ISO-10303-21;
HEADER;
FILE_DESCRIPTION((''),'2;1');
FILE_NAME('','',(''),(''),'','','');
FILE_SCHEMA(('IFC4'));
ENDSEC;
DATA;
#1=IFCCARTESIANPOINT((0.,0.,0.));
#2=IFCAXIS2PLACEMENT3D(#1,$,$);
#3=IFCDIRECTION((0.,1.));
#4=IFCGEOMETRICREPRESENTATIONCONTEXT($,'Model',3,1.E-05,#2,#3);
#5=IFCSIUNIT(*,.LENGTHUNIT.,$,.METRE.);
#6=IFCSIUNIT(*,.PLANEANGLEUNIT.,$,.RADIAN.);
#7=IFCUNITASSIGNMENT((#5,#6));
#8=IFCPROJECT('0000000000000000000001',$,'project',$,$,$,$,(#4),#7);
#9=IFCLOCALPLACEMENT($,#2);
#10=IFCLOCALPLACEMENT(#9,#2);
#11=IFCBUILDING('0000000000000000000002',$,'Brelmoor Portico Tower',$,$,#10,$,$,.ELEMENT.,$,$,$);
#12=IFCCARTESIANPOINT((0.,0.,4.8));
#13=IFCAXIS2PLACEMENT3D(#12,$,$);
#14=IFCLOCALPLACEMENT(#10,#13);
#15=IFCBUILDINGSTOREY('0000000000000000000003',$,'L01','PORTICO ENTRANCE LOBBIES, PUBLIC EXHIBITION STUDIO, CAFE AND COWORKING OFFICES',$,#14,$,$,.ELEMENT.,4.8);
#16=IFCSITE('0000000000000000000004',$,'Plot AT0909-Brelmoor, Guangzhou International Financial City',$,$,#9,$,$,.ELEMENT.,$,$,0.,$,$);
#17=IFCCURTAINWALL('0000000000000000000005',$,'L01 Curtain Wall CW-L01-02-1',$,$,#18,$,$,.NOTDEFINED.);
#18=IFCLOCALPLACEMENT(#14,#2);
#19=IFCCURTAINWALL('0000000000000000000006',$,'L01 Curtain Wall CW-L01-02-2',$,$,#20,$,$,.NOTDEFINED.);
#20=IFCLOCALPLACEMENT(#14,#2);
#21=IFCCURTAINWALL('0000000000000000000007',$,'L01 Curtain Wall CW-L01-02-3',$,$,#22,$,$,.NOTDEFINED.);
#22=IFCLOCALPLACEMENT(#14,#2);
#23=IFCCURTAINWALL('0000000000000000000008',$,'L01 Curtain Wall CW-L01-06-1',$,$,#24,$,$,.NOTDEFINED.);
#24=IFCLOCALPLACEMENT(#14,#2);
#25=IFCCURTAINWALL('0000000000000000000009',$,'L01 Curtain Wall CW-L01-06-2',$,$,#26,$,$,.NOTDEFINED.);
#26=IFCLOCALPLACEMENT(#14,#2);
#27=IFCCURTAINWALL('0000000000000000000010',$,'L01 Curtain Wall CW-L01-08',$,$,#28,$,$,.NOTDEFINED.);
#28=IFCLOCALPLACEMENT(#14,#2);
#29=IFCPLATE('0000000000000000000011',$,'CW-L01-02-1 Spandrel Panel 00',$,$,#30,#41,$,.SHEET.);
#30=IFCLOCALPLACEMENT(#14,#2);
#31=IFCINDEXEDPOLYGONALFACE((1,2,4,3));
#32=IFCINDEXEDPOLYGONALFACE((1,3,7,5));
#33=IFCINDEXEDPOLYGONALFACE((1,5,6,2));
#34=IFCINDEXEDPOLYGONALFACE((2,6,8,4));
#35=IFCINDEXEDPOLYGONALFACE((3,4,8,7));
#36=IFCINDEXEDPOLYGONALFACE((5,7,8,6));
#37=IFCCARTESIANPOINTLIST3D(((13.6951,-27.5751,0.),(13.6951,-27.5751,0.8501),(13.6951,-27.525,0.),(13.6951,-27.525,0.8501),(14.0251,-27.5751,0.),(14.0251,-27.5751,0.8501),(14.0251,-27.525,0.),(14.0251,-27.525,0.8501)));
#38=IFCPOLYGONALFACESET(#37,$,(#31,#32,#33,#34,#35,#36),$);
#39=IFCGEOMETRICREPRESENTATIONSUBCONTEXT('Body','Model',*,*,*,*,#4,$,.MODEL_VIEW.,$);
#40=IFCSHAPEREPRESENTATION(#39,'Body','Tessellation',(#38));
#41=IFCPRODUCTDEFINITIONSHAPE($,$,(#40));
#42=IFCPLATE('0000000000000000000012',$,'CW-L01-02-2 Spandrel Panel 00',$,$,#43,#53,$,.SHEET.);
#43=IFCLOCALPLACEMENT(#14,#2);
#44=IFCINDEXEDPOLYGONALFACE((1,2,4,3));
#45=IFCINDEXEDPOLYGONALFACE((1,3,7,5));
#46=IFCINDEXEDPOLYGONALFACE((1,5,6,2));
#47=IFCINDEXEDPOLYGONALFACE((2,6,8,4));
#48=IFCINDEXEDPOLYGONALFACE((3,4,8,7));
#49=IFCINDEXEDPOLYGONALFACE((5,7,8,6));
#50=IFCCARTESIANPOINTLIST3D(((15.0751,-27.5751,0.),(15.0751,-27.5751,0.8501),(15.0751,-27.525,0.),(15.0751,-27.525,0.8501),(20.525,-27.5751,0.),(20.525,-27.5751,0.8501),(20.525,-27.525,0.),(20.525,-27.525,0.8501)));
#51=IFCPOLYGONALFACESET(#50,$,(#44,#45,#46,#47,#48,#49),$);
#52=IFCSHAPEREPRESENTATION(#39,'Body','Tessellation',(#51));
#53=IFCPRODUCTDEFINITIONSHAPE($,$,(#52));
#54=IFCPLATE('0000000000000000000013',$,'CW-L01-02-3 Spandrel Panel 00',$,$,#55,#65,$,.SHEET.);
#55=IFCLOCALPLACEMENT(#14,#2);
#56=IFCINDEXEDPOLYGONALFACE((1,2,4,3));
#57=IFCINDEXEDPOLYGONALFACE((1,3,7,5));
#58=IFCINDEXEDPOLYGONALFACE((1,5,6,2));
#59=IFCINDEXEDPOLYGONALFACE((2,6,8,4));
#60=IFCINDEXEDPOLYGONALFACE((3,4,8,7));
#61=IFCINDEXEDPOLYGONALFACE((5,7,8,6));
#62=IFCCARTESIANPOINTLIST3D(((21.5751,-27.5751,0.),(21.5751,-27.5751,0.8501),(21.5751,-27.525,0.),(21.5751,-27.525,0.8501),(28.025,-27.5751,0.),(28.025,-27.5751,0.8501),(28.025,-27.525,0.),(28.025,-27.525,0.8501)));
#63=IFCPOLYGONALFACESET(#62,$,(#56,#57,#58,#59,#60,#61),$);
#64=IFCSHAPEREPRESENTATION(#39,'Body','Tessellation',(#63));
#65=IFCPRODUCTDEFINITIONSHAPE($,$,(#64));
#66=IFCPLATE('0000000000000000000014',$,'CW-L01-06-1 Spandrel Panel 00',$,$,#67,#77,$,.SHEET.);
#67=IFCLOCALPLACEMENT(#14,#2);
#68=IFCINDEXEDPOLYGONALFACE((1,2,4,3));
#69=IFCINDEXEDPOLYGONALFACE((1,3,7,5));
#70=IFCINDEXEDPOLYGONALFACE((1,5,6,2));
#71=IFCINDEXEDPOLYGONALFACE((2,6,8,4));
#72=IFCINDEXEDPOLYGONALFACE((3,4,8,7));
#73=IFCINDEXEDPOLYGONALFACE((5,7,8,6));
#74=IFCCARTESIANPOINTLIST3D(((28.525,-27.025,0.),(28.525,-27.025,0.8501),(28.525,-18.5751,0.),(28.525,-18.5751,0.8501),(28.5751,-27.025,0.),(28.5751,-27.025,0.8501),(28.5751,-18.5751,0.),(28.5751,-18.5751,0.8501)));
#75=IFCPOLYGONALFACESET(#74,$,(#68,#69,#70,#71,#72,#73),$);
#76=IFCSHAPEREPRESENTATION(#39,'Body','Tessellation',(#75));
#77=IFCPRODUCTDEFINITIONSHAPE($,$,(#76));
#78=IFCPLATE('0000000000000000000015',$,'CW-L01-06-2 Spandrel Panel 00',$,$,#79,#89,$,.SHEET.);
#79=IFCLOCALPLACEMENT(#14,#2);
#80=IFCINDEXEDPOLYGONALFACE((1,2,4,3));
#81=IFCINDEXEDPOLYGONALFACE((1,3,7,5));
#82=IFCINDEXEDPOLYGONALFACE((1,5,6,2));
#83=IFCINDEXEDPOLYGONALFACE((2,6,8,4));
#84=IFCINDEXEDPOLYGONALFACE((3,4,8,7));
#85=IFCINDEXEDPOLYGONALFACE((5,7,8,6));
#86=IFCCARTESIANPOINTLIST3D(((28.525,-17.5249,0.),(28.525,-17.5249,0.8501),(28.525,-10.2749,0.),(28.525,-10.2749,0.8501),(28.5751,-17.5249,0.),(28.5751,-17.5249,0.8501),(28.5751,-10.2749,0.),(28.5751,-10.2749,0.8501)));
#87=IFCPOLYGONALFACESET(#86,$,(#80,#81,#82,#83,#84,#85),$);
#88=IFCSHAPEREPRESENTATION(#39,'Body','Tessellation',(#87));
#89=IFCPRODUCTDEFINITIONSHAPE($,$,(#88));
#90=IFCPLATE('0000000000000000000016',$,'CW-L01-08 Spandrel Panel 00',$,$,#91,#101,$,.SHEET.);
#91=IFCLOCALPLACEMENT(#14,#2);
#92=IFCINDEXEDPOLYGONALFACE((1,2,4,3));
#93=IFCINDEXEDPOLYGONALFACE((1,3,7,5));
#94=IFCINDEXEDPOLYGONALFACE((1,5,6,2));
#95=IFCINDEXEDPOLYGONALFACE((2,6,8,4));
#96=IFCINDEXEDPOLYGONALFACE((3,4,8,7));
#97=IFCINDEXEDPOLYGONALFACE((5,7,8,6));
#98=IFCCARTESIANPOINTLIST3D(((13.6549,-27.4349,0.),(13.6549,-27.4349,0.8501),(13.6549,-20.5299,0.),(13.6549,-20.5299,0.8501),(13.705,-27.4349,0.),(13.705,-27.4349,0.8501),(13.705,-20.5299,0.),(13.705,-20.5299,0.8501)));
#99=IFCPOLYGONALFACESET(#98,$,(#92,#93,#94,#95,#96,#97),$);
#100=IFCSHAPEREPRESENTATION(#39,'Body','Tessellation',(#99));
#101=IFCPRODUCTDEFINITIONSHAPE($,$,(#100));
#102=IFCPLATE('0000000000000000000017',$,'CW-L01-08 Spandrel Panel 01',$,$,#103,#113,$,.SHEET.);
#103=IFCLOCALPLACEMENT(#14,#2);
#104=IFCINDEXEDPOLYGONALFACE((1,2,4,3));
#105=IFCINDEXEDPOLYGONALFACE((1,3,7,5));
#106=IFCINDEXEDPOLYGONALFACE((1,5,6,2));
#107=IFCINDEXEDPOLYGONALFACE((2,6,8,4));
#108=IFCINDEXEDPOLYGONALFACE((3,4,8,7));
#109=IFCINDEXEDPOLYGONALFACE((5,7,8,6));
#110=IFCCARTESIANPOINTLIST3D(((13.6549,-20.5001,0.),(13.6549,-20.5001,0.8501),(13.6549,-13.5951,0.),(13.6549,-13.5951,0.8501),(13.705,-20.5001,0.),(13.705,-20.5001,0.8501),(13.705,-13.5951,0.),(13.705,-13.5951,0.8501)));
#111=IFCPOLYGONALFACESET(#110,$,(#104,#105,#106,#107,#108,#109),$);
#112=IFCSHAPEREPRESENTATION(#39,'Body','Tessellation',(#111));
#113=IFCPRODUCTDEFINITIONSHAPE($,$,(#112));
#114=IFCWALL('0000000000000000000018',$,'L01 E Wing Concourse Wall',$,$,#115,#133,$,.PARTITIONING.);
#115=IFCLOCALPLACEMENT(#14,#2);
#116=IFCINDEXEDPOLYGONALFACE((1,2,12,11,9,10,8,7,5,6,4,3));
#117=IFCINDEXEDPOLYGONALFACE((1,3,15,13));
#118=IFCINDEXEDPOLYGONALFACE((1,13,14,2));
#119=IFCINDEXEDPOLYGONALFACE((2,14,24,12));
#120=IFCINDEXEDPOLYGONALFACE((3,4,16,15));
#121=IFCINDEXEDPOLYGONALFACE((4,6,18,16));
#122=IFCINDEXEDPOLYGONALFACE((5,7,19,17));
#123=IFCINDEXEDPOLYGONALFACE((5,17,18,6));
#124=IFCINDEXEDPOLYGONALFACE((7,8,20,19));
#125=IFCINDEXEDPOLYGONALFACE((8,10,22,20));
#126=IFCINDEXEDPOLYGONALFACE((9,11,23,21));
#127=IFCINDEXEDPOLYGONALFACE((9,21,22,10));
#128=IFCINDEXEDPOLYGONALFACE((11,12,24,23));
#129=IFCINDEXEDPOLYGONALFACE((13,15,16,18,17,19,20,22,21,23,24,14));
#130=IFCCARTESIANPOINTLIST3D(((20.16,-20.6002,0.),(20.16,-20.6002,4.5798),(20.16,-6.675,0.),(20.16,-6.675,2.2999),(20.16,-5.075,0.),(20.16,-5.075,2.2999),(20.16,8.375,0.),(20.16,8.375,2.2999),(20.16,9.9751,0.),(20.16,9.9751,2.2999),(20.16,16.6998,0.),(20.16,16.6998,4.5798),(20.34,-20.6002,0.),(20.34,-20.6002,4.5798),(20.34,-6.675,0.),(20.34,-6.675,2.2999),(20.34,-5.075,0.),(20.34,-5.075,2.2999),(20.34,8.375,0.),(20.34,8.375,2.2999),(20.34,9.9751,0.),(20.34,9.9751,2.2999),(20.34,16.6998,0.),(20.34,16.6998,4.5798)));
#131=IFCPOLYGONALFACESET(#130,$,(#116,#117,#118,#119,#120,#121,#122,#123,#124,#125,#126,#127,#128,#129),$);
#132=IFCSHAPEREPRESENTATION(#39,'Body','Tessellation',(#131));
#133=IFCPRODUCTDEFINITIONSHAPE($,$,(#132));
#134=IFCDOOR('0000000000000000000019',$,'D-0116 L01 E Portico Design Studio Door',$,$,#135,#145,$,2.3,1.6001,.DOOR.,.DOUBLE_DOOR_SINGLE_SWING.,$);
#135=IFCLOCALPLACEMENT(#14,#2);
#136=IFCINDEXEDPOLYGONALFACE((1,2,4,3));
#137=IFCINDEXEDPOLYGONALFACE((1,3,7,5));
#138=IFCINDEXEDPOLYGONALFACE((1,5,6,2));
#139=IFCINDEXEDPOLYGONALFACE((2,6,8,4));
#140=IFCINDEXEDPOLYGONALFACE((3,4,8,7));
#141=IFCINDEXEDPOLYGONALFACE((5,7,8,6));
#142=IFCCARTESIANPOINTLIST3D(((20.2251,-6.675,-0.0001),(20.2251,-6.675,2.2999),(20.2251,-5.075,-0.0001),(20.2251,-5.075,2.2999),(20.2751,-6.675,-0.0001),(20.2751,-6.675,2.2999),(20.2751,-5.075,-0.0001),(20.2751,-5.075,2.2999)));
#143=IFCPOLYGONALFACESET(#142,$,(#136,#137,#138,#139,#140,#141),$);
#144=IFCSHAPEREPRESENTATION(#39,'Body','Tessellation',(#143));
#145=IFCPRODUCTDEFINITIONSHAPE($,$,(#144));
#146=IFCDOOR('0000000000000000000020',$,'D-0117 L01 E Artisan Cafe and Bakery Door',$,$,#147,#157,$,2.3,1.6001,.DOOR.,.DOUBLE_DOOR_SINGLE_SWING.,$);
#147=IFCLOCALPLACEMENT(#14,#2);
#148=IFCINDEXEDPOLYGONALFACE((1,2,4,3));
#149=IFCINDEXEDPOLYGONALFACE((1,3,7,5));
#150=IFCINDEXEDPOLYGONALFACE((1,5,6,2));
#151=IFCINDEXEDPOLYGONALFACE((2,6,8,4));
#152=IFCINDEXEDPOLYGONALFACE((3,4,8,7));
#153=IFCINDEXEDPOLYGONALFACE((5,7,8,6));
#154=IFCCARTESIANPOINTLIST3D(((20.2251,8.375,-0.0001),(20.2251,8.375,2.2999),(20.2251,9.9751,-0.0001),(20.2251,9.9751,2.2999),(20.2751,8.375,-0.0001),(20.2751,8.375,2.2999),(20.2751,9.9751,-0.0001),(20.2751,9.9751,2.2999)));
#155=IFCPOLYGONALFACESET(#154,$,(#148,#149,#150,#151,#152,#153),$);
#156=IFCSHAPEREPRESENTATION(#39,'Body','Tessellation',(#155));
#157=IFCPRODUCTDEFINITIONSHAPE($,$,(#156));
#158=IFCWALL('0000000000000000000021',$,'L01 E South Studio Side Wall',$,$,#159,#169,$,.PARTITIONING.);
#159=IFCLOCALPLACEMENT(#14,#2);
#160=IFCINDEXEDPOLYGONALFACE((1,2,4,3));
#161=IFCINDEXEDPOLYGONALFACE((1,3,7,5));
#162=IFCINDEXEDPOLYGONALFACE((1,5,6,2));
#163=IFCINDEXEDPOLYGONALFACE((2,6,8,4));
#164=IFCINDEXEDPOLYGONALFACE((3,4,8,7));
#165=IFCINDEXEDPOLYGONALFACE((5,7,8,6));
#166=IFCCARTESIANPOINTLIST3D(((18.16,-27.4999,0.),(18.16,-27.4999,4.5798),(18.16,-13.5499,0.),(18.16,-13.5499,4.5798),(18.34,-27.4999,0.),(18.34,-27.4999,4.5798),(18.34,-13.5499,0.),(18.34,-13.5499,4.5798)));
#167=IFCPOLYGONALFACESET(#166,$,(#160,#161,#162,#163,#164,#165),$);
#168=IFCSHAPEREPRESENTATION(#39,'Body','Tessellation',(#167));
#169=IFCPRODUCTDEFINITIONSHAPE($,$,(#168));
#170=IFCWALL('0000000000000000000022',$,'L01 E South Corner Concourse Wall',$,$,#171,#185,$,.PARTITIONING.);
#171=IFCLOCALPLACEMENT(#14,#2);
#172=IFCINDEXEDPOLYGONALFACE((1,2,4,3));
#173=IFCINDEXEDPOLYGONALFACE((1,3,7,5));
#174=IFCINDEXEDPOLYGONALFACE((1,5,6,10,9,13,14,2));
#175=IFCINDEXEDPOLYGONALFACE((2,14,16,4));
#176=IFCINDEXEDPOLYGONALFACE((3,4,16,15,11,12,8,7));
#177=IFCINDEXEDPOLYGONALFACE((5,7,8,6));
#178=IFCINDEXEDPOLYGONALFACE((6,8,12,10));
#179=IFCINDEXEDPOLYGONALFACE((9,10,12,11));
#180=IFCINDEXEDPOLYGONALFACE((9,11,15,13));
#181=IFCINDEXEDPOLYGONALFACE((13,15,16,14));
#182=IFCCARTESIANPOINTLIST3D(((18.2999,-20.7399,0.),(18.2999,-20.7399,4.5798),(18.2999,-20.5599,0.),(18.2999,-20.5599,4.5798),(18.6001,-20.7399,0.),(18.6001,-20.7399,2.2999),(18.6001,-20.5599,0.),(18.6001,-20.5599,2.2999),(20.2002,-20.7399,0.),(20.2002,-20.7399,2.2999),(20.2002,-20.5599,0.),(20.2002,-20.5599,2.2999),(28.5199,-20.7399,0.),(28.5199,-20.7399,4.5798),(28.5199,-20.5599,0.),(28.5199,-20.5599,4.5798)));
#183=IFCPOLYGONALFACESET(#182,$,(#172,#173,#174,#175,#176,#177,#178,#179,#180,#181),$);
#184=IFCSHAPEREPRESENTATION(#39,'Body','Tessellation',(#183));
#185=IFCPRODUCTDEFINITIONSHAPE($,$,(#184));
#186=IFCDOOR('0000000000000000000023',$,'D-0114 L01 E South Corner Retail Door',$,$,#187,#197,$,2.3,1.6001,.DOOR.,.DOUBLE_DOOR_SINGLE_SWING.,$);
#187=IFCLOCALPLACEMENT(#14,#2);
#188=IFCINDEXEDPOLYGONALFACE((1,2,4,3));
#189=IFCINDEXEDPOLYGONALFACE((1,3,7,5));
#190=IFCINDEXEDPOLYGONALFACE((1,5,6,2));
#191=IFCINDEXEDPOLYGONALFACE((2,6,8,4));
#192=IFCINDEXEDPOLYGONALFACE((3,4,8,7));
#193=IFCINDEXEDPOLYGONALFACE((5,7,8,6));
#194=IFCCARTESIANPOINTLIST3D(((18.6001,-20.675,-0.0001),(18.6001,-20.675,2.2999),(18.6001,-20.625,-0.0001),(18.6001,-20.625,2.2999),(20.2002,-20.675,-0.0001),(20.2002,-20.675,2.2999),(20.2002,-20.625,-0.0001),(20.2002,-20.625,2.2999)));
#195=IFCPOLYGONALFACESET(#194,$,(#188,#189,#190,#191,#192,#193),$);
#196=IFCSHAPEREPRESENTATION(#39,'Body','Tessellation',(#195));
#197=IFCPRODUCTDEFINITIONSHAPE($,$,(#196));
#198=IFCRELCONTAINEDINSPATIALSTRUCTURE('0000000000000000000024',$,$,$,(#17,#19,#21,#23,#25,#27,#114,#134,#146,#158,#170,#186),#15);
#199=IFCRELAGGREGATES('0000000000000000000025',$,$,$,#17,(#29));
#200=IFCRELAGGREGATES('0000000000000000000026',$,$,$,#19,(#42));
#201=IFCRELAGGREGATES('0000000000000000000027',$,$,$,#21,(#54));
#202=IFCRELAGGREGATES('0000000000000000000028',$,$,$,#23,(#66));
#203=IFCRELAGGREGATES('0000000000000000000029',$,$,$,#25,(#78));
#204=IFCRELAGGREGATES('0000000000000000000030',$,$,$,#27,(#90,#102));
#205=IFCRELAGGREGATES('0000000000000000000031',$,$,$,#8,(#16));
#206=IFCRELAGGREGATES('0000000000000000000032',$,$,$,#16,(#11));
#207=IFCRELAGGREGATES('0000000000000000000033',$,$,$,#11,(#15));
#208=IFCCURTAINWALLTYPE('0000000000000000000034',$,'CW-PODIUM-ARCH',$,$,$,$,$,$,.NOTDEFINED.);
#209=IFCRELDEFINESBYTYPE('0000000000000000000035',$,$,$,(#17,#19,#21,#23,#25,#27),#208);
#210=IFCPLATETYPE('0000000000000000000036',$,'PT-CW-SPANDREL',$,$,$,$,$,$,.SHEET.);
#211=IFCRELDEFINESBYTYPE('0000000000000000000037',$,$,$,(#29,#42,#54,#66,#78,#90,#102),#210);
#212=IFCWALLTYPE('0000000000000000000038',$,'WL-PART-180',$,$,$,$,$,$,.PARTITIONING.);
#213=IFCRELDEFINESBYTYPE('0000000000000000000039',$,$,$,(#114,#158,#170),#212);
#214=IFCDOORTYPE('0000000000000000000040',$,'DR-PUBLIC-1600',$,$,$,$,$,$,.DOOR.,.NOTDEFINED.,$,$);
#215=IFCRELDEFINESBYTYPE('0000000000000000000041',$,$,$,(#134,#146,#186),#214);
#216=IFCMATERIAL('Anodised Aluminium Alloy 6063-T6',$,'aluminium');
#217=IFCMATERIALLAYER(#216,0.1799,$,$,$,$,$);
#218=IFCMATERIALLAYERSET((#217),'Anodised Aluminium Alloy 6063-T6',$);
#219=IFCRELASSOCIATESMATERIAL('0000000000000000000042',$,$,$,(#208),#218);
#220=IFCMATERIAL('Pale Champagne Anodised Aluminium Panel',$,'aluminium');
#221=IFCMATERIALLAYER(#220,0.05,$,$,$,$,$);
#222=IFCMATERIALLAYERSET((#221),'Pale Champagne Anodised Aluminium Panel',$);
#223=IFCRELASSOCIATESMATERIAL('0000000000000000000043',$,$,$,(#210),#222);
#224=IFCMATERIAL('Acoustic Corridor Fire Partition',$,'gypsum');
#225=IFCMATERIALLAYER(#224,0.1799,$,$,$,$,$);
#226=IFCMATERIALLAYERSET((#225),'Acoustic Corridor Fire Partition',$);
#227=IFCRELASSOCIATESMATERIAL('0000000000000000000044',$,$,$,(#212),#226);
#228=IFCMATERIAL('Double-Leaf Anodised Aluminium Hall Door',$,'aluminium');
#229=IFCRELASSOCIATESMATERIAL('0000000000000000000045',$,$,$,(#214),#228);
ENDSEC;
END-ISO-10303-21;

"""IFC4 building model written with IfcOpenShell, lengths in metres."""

from ifc_helpers import new_model, si_unit, direction, frame, frame_2d, origin, origin_2d, place, context, subcontext, project, spatial, rectangle, extrude, material, layer, layer_set, type_object, element, fill, aggregate, save


model = new_model("IFC4")

# Units and contexts
model_context = context("Model", 3, precision=1e-05, world=origin(), true_north=direction((0.0, 1.0)))
body_context = subcontext(model_context, "Body", "Model", "MODEL_VIEW")
ifc_project = project(units=[si_unit("LENGTHUNIT", "METRE"), si_unit("PLANEANGLEUNIT", "RADIAN")], contexts=[model_context])

# Site, building, storey
site_placement = place(None, origin())
site = spatial("IfcSite", under=ifc_project, at=site_placement, Name="Plot AT0909-Brelmoor, Guangzhou International Financial City", CompositionType="ELEMENT", RefElevation=0.0)
building_placement = place(site_placement, origin())
building = spatial("IfcBuilding", under=site, at=building_placement, Name="Brelmoor Portico Tower", CompositionType="ELEMENT")
storey_placement = place(building_placement, frame((0.0, 0.0, 4.8)))
storey = spatial("IfcBuildingStorey", under=building, at=storey_placement, Name="L01", Description="PORTICO ENTRANCE LOBBIES, PUBLIC EXHIBITION STUDIO, CAFE AND COWORKING OFFICES", CompositionType="ELEMENT", Elevation=4.8)

# Curtain walls
ifc_material_1 = material(Name="Anodised Aluminium Alloy 6063-T6", Category="aluminium")
ifc_layer_1 = layer(ifc_material_1, 0.1799)
ifc_layer_set_1 = layer_set([ifc_layer_1], Name="Anodised Aluminium Alloy 6063-T6")
curtain_wall_type = type_object("IfcCurtainWallType", Name="CW-PODIUM-ARCH", PredefinedType="NOTDEFINED", material=ifc_layer_set_1)
curtain_wall_1_placement = place(storey_placement, origin())
curtain_wall_1 = element("IfcCurtainWall", 1, at=curtain_wall_1_placement, inside=storey, type_object=curtain_wall_type, Name="L01 Curtain Wall CW-L01-02-1", PredefinedType="NOTDEFINED")
curtain_wall_2_placement = place(storey_placement, origin())
curtain_wall_2 = element("IfcCurtainWall", 2, at=curtain_wall_2_placement, inside=storey, type_object=curtain_wall_type, Name="L01 Curtain Wall CW-L01-02-2", PredefinedType="NOTDEFINED")
curtain_wall_3_placement = place(storey_placement, origin())
curtain_wall_3 = element("IfcCurtainWall", 3, at=curtain_wall_3_placement, inside=storey, type_object=curtain_wall_type, Name="L01 Curtain Wall CW-L01-02-3", PredefinedType="NOTDEFINED")
curtain_wall_4_placement = place(storey_placement, origin())
curtain_wall_4 = element("IfcCurtainWall", 4, at=curtain_wall_4_placement, inside=storey, type_object=curtain_wall_type, Name="L01 Curtain Wall CW-L01-06-1", PredefinedType="NOTDEFINED")

# Curtain wall
curtain_wall_5_placement = place(storey_placement, origin())
curtain_wall_5 = element("IfcCurtainWall", 5, at=curtain_wall_5_placement, inside=storey, type_object=curtain_wall_type, Name="L01 Curtain Wall CW-L01-06-2", PredefinedType="NOTDEFINED")

# Curtain wall
curtain_wall_6_placement = place(storey_placement, origin())
curtain_wall_6 = element("IfcCurtainWall", 6, at=curtain_wall_6_placement, inside=storey, type_object=curtain_wall_type, Name="L01 Curtain Wall CW-L01-08", PredefinedType="NOTDEFINED")

# Plates
ifc_material_2 = material(Name="Pale Champagne Anodised Aluminium Panel", Category="aluminium")
ifc_layer_2 = layer(ifc_material_2, 0.05)
ifc_layer_set_2 = layer_set([ifc_layer_2], Name="Pale Champagne Anodised Aluminium Panel")
plate_type_1 = type_object("IfcPlateType", Name="PT-CW-SPANDREL", PredefinedType="SHEET", material=ifc_layer_set_2)
plate_1_placement = place(storey_placement, frame((13.8601, -27.55, 0.0), z_axis=(0.0, 0.0, 1.0), x_axis=(1.0, 0.0, 0.0)))
plate_1 = element("IfcPlate", 7, at=plate_1_placement, type_object=plate_type_1, Name="CW-L01-02-1 Spandrel Panel 00", PredefinedType="SHEET", context=body_context, shape_type="SweptSolid", body=[
    extrude(rectangle(XDim=0.3301, YDim=0.05, at=origin_2d()), origin(), (0.0, 0.0, 1.0), 0.8501),
])
aggregate(curtain_wall_1, [plate_1])
plate_2_placement = place(storey_placement, frame((17.8, -27.55, 0.0), z_axis=(0.0, 0.0, 1.0), x_axis=(1.0, 0.0, 0.0)))
plate_2 = element("IfcPlate", 8, at=plate_2_placement, type_object=plate_type_1, Name="CW-L01-02-2 Spandrel Panel 00", PredefinedType="SHEET", context=body_context, shape_type="SweptSolid", body=[
    extrude(rectangle(XDim=5.45, YDim=0.05, at=origin_2d()), origin(), (0.0, 0.0, 1.0), 0.8501),
])
aggregate(curtain_wall_2, [plate_2])
plate_3_placement = place(storey_placement, frame((24.8, -27.55, 0.0), z_axis=(0.0, 0.0, 1.0), x_axis=(1.0, 0.0, 0.0)))
plate_3 = element("IfcPlate", 9, at=plate_3_placement, type_object=plate_type_1, Name="CW-L01-02-3 Spandrel Panel 00", PredefinedType="SHEET", context=body_context, shape_type="SweptSolid", body=[
    extrude(rectangle(XDim=6.45, YDim=0.05, at=origin_2d()), origin(), (0.0, 0.0, 1.0), 0.8501),
])
aggregate(curtain_wall_3, [plate_3])
plate_4_placement = place(storey_placement, frame((28.55, -22.8, 0.0), z_axis=(0.0, 0.0, 1.0), x_axis=(0.0, 1.0, 0.0)))
plate_4 = element("IfcPlate", 10, at=plate_4_placement, type_object=plate_type_1, Name="CW-L01-06-1 Spandrel Panel 00", PredefinedType="SHEET", context=body_context, shape_type="SweptSolid", body=[
    extrude(rectangle(XDim=8.45, YDim=0.05, at=origin_2d()), origin(), (0.0, 0.0, 1.0), 0.8501),
])
aggregate(curtain_wall_4, [plate_4])
plate_5_placement = place(storey_placement, frame((28.55, -13.8999, 0.0), z_axis=(0.0, 0.0, 1.0), x_axis=(0.0, 1.0, 0.0)))
plate_5 = element("IfcPlate", 11, at=plate_5_placement, type_object=plate_type_1, Name="CW-L01-06-2 Spandrel Panel 00", PredefinedType="SHEET", context=body_context, shape_type="SweptSolid", body=[
    extrude(rectangle(XDim=7.25, YDim=0.05, at=origin_2d()), origin(), (0.0, 0.0, 1.0), 0.8501),
])
aggregate(curtain_wall_5, [plate_5])
plate_6_placement = place(storey_placement, frame((13.6799, -23.9824, 0.0), z_axis=(0.0, 0.0, 1.0), x_axis=(0.0, 1.0, 0.0)))
plate_6 = element("IfcPlate", 12, at=plate_6_placement, type_object=plate_type_1, Name="CW-L01-08 Spandrel Panel 00", PredefinedType="SHEET", context=body_context, shape_type="SweptSolid", body=[
    extrude(rectangle(XDim=6.905, YDim=0.05, at=origin_2d()), origin(), (0.0, 0.0, 1.0), 0.8501),
])
plate_7_placement = place(storey_placement, frame((13.6799, -17.0476, 0.0), z_axis=(0.0, 0.0, 1.0), x_axis=(0.0, 1.0, 0.0)))
plate_7 = element("IfcPlate", 13, at=plate_7_placement, type_object=plate_type_1, Name="CW-L01-08 Spandrel Panel 01", PredefinedType="SHEET", context=body_context, shape_type="SweptSolid", body=[
    extrude(rectangle(XDim=6.905, YDim=0.05, at=origin_2d()), origin(), (0.0, 0.0, 1.0), 0.8501),
])
aggregate(curtain_wall_6, [plate_6, plate_7])

# Wall, openings, doors
ifc_material_3 = material(Name="Acoustic Corridor Fire Partition", Category="gypsum")
ifc_layer_3 = layer(ifc_material_3, 0.1799)
ifc_layer_set_3 = layer_set([ifc_layer_3], Name="Acoustic Corridor Fire Partition")
wall_type = type_object("IfcWallType", Name="WL-PART-180", PredefinedType="PARTITIONING", material=ifc_layer_set_3)
wall_1_placement = place(storey_placement, frame((20.25, -20.6001, 0.0), z_axis=(0.0, 0.0, 1.0), x_axis=(0.0, 1.0, 0.0)))
wall_1 = element("IfcWall", 14, at=wall_1_placement, inside=storey, type_object=wall_type, Name="L01 E Wing Concourse Wall", PredefinedType="PARTITIONING", context=body_context, shape_type="SweptSolid", body=[
    extrude(rectangle(XDim=37.3, YDim=0.1799, at=frame_2d((18.6499, 0.0))), origin(), (0.0, 0.0, 1.0), 4.5798),
])
opening_1_placement = place(wall_1_placement, frame((13.925, 0.0, 0.0)))
opening_1 = element("IfcOpeningElement", 15, at=opening_1_placement, cuts=wall_1, PredefinedType="OPENING", context=body_context, shape_type="SweptSolid", body=[
    extrude(rectangle(XDim=1.6001, YDim=2.3, at=frame_2d((0.8, 1.1499))), frame((0.0, 0.0999, 0.0), z_axis=(0.0, -1.0, 0.0), x_axis=(1.0, 0.0, 0.0)), (0.0, 0.0, 1.0), 0.2),
])
opening_2_placement = place(wall_1_placement, frame((28.9751, 0.0, 0.0)))
opening_2 = element("IfcOpeningElement", 16, at=opening_2_placement, cuts=wall_1, PredefinedType="OPENING", context=body_context, shape_type="SweptSolid", body=[
    extrude(rectangle(XDim=1.6001, YDim=2.3, at=frame_2d((0.8, 1.1499))), frame((0.0, 0.0999, 0.0), z_axis=(0.0, -1.0, 0.0), x_axis=(1.0, 0.0, 0.0)), (0.0, 0.0, 1.0), 0.2),
])
ifc_material_4 = material(Name="Double-Leaf Anodised Aluminium Hall Door", Category="aluminium")
door_type = type_object("IfcDoorType", Name="DR-PUBLIC-1600", OperationType="NOTDEFINED", PredefinedType="DOOR", material=ifc_material_4)
door_1_placement = place(opening_1_placement, origin())
door_1 = element("IfcDoor", 17, at=door_1_placement, inside=storey, type_object=door_type, Name="D-0116 L01 E Portico Design Studio Door", OperationType="DOUBLE_DOOR_SINGLE_SWING", OverallHeight=2.3, OverallWidth=1.6001, PredefinedType="DOOR", context=body_context, shape_type="SweptSolid", body=[
    extrude(rectangle(XDim=1.6001, YDim=2.3, at=frame_2d((0.8, 1.1499))), frame((0.0, 0.0249, 0.0), z_axis=(0.0, -1.0, 0.0), x_axis=(1.0, 0.0, 0.0)), (0.0, 0.0, 1.0), 0.05),
])
fill(opening_1, door_1)
door_2_placement = place(opening_2_placement, origin())
door_2 = element("IfcDoor", 18, at=door_2_placement, inside=storey, type_object=door_type, Name="D-0117 L01 E Artisan Cafe and Bakery Door", OperationType="DOUBLE_DOOR_SINGLE_SWING", OverallHeight=2.3, OverallWidth=1.6001, PredefinedType="DOOR", context=body_context, shape_type="SweptSolid", body=[
    extrude(rectangle(XDim=1.6001, YDim=2.3, at=frame_2d((0.8, 1.1499))), frame((0.0, 0.0249, 0.0), z_axis=(0.0, -1.0, 0.0), x_axis=(1.0, 0.0, 0.0)), (0.0, 0.0, 1.0), 0.05),
])
fill(opening_2, door_2)

# Wall
wall_2_placement = place(storey_placement, frame((18.25, -27.5, 0.0), z_axis=(0.0, 0.0, 1.0), x_axis=(0.0, 1.0, 0.0)))
element("IfcWall", 19, at=wall_2_placement, inside=storey, type_object=wall_type, Name="L01 E South Studio Side Wall", PredefinedType="PARTITIONING", context=body_context, shape_type="SweptSolid", body=[
    extrude(rectangle(XDim=13.95, YDim=0.1799, at=frame_2d((6.9751, 0.0))), origin(), (0.0, 0.0, 1.0), 4.5798),
])

# Wall, opening, door
wall_3_placement = place(storey_placement, frame((18.3, -20.6499, 0.0), z_axis=(0.0, 0.0, 1.0), x_axis=(1.0, 0.0, 0.0)))
wall_3 = element("IfcWall", 20, at=wall_3_placement, inside=storey, type_object=wall_type, Name="L01 E South Corner Concourse Wall", PredefinedType="PARTITIONING", context=body_context, shape_type="SweptSolid", body=[
    extrude(rectangle(XDim=10.22, YDim=0.1799, at=frame_2d((5.1099, 0.0))), origin(), (0.0, 0.0, 1.0), 4.5798),
])
opening_3_placement = place(wall_3_placement, frame((0.3, 0.0, 0.0)))
opening_3 = element("IfcOpeningElement", 21, at=opening_3_placement, cuts=wall_3, PredefinedType="OPENING", context=body_context, shape_type="SweptSolid", body=[
    extrude(rectangle(XDim=1.6001, YDim=2.3, at=frame_2d((0.8, 1.1499))), frame((0.0, 0.0999, 0.0), z_axis=(0.0, -1.0, 0.0), x_axis=(1.0, 0.0, 0.0)), (0.0, 0.0, 1.0), 0.2),
])
door_3_placement = place(opening_3_placement, origin())
door_3 = element("IfcDoor", 22, at=door_3_placement, inside=storey, type_object=door_type, Name="D-0114 L01 E South Corner Retail Door", OperationType="DOUBLE_DOOR_SINGLE_SWING", OverallHeight=2.3, OverallWidth=1.6001, PredefinedType="DOOR", context=body_context, shape_type="SweptSolid", body=[
    extrude(rectangle(XDim=1.6001, YDim=2.3, at=frame_2d((0.8, 1.1499))), frame((0.0, 0.0249, 0.0), z_axis=(0.0, -1.0, 0.0), x_axis=(1.0, 0.0, 0.0)), (0.0, 0.0, 1.0), 0.05),
])
fill(opening_3, door_3)

save(model, "model.ifc")
